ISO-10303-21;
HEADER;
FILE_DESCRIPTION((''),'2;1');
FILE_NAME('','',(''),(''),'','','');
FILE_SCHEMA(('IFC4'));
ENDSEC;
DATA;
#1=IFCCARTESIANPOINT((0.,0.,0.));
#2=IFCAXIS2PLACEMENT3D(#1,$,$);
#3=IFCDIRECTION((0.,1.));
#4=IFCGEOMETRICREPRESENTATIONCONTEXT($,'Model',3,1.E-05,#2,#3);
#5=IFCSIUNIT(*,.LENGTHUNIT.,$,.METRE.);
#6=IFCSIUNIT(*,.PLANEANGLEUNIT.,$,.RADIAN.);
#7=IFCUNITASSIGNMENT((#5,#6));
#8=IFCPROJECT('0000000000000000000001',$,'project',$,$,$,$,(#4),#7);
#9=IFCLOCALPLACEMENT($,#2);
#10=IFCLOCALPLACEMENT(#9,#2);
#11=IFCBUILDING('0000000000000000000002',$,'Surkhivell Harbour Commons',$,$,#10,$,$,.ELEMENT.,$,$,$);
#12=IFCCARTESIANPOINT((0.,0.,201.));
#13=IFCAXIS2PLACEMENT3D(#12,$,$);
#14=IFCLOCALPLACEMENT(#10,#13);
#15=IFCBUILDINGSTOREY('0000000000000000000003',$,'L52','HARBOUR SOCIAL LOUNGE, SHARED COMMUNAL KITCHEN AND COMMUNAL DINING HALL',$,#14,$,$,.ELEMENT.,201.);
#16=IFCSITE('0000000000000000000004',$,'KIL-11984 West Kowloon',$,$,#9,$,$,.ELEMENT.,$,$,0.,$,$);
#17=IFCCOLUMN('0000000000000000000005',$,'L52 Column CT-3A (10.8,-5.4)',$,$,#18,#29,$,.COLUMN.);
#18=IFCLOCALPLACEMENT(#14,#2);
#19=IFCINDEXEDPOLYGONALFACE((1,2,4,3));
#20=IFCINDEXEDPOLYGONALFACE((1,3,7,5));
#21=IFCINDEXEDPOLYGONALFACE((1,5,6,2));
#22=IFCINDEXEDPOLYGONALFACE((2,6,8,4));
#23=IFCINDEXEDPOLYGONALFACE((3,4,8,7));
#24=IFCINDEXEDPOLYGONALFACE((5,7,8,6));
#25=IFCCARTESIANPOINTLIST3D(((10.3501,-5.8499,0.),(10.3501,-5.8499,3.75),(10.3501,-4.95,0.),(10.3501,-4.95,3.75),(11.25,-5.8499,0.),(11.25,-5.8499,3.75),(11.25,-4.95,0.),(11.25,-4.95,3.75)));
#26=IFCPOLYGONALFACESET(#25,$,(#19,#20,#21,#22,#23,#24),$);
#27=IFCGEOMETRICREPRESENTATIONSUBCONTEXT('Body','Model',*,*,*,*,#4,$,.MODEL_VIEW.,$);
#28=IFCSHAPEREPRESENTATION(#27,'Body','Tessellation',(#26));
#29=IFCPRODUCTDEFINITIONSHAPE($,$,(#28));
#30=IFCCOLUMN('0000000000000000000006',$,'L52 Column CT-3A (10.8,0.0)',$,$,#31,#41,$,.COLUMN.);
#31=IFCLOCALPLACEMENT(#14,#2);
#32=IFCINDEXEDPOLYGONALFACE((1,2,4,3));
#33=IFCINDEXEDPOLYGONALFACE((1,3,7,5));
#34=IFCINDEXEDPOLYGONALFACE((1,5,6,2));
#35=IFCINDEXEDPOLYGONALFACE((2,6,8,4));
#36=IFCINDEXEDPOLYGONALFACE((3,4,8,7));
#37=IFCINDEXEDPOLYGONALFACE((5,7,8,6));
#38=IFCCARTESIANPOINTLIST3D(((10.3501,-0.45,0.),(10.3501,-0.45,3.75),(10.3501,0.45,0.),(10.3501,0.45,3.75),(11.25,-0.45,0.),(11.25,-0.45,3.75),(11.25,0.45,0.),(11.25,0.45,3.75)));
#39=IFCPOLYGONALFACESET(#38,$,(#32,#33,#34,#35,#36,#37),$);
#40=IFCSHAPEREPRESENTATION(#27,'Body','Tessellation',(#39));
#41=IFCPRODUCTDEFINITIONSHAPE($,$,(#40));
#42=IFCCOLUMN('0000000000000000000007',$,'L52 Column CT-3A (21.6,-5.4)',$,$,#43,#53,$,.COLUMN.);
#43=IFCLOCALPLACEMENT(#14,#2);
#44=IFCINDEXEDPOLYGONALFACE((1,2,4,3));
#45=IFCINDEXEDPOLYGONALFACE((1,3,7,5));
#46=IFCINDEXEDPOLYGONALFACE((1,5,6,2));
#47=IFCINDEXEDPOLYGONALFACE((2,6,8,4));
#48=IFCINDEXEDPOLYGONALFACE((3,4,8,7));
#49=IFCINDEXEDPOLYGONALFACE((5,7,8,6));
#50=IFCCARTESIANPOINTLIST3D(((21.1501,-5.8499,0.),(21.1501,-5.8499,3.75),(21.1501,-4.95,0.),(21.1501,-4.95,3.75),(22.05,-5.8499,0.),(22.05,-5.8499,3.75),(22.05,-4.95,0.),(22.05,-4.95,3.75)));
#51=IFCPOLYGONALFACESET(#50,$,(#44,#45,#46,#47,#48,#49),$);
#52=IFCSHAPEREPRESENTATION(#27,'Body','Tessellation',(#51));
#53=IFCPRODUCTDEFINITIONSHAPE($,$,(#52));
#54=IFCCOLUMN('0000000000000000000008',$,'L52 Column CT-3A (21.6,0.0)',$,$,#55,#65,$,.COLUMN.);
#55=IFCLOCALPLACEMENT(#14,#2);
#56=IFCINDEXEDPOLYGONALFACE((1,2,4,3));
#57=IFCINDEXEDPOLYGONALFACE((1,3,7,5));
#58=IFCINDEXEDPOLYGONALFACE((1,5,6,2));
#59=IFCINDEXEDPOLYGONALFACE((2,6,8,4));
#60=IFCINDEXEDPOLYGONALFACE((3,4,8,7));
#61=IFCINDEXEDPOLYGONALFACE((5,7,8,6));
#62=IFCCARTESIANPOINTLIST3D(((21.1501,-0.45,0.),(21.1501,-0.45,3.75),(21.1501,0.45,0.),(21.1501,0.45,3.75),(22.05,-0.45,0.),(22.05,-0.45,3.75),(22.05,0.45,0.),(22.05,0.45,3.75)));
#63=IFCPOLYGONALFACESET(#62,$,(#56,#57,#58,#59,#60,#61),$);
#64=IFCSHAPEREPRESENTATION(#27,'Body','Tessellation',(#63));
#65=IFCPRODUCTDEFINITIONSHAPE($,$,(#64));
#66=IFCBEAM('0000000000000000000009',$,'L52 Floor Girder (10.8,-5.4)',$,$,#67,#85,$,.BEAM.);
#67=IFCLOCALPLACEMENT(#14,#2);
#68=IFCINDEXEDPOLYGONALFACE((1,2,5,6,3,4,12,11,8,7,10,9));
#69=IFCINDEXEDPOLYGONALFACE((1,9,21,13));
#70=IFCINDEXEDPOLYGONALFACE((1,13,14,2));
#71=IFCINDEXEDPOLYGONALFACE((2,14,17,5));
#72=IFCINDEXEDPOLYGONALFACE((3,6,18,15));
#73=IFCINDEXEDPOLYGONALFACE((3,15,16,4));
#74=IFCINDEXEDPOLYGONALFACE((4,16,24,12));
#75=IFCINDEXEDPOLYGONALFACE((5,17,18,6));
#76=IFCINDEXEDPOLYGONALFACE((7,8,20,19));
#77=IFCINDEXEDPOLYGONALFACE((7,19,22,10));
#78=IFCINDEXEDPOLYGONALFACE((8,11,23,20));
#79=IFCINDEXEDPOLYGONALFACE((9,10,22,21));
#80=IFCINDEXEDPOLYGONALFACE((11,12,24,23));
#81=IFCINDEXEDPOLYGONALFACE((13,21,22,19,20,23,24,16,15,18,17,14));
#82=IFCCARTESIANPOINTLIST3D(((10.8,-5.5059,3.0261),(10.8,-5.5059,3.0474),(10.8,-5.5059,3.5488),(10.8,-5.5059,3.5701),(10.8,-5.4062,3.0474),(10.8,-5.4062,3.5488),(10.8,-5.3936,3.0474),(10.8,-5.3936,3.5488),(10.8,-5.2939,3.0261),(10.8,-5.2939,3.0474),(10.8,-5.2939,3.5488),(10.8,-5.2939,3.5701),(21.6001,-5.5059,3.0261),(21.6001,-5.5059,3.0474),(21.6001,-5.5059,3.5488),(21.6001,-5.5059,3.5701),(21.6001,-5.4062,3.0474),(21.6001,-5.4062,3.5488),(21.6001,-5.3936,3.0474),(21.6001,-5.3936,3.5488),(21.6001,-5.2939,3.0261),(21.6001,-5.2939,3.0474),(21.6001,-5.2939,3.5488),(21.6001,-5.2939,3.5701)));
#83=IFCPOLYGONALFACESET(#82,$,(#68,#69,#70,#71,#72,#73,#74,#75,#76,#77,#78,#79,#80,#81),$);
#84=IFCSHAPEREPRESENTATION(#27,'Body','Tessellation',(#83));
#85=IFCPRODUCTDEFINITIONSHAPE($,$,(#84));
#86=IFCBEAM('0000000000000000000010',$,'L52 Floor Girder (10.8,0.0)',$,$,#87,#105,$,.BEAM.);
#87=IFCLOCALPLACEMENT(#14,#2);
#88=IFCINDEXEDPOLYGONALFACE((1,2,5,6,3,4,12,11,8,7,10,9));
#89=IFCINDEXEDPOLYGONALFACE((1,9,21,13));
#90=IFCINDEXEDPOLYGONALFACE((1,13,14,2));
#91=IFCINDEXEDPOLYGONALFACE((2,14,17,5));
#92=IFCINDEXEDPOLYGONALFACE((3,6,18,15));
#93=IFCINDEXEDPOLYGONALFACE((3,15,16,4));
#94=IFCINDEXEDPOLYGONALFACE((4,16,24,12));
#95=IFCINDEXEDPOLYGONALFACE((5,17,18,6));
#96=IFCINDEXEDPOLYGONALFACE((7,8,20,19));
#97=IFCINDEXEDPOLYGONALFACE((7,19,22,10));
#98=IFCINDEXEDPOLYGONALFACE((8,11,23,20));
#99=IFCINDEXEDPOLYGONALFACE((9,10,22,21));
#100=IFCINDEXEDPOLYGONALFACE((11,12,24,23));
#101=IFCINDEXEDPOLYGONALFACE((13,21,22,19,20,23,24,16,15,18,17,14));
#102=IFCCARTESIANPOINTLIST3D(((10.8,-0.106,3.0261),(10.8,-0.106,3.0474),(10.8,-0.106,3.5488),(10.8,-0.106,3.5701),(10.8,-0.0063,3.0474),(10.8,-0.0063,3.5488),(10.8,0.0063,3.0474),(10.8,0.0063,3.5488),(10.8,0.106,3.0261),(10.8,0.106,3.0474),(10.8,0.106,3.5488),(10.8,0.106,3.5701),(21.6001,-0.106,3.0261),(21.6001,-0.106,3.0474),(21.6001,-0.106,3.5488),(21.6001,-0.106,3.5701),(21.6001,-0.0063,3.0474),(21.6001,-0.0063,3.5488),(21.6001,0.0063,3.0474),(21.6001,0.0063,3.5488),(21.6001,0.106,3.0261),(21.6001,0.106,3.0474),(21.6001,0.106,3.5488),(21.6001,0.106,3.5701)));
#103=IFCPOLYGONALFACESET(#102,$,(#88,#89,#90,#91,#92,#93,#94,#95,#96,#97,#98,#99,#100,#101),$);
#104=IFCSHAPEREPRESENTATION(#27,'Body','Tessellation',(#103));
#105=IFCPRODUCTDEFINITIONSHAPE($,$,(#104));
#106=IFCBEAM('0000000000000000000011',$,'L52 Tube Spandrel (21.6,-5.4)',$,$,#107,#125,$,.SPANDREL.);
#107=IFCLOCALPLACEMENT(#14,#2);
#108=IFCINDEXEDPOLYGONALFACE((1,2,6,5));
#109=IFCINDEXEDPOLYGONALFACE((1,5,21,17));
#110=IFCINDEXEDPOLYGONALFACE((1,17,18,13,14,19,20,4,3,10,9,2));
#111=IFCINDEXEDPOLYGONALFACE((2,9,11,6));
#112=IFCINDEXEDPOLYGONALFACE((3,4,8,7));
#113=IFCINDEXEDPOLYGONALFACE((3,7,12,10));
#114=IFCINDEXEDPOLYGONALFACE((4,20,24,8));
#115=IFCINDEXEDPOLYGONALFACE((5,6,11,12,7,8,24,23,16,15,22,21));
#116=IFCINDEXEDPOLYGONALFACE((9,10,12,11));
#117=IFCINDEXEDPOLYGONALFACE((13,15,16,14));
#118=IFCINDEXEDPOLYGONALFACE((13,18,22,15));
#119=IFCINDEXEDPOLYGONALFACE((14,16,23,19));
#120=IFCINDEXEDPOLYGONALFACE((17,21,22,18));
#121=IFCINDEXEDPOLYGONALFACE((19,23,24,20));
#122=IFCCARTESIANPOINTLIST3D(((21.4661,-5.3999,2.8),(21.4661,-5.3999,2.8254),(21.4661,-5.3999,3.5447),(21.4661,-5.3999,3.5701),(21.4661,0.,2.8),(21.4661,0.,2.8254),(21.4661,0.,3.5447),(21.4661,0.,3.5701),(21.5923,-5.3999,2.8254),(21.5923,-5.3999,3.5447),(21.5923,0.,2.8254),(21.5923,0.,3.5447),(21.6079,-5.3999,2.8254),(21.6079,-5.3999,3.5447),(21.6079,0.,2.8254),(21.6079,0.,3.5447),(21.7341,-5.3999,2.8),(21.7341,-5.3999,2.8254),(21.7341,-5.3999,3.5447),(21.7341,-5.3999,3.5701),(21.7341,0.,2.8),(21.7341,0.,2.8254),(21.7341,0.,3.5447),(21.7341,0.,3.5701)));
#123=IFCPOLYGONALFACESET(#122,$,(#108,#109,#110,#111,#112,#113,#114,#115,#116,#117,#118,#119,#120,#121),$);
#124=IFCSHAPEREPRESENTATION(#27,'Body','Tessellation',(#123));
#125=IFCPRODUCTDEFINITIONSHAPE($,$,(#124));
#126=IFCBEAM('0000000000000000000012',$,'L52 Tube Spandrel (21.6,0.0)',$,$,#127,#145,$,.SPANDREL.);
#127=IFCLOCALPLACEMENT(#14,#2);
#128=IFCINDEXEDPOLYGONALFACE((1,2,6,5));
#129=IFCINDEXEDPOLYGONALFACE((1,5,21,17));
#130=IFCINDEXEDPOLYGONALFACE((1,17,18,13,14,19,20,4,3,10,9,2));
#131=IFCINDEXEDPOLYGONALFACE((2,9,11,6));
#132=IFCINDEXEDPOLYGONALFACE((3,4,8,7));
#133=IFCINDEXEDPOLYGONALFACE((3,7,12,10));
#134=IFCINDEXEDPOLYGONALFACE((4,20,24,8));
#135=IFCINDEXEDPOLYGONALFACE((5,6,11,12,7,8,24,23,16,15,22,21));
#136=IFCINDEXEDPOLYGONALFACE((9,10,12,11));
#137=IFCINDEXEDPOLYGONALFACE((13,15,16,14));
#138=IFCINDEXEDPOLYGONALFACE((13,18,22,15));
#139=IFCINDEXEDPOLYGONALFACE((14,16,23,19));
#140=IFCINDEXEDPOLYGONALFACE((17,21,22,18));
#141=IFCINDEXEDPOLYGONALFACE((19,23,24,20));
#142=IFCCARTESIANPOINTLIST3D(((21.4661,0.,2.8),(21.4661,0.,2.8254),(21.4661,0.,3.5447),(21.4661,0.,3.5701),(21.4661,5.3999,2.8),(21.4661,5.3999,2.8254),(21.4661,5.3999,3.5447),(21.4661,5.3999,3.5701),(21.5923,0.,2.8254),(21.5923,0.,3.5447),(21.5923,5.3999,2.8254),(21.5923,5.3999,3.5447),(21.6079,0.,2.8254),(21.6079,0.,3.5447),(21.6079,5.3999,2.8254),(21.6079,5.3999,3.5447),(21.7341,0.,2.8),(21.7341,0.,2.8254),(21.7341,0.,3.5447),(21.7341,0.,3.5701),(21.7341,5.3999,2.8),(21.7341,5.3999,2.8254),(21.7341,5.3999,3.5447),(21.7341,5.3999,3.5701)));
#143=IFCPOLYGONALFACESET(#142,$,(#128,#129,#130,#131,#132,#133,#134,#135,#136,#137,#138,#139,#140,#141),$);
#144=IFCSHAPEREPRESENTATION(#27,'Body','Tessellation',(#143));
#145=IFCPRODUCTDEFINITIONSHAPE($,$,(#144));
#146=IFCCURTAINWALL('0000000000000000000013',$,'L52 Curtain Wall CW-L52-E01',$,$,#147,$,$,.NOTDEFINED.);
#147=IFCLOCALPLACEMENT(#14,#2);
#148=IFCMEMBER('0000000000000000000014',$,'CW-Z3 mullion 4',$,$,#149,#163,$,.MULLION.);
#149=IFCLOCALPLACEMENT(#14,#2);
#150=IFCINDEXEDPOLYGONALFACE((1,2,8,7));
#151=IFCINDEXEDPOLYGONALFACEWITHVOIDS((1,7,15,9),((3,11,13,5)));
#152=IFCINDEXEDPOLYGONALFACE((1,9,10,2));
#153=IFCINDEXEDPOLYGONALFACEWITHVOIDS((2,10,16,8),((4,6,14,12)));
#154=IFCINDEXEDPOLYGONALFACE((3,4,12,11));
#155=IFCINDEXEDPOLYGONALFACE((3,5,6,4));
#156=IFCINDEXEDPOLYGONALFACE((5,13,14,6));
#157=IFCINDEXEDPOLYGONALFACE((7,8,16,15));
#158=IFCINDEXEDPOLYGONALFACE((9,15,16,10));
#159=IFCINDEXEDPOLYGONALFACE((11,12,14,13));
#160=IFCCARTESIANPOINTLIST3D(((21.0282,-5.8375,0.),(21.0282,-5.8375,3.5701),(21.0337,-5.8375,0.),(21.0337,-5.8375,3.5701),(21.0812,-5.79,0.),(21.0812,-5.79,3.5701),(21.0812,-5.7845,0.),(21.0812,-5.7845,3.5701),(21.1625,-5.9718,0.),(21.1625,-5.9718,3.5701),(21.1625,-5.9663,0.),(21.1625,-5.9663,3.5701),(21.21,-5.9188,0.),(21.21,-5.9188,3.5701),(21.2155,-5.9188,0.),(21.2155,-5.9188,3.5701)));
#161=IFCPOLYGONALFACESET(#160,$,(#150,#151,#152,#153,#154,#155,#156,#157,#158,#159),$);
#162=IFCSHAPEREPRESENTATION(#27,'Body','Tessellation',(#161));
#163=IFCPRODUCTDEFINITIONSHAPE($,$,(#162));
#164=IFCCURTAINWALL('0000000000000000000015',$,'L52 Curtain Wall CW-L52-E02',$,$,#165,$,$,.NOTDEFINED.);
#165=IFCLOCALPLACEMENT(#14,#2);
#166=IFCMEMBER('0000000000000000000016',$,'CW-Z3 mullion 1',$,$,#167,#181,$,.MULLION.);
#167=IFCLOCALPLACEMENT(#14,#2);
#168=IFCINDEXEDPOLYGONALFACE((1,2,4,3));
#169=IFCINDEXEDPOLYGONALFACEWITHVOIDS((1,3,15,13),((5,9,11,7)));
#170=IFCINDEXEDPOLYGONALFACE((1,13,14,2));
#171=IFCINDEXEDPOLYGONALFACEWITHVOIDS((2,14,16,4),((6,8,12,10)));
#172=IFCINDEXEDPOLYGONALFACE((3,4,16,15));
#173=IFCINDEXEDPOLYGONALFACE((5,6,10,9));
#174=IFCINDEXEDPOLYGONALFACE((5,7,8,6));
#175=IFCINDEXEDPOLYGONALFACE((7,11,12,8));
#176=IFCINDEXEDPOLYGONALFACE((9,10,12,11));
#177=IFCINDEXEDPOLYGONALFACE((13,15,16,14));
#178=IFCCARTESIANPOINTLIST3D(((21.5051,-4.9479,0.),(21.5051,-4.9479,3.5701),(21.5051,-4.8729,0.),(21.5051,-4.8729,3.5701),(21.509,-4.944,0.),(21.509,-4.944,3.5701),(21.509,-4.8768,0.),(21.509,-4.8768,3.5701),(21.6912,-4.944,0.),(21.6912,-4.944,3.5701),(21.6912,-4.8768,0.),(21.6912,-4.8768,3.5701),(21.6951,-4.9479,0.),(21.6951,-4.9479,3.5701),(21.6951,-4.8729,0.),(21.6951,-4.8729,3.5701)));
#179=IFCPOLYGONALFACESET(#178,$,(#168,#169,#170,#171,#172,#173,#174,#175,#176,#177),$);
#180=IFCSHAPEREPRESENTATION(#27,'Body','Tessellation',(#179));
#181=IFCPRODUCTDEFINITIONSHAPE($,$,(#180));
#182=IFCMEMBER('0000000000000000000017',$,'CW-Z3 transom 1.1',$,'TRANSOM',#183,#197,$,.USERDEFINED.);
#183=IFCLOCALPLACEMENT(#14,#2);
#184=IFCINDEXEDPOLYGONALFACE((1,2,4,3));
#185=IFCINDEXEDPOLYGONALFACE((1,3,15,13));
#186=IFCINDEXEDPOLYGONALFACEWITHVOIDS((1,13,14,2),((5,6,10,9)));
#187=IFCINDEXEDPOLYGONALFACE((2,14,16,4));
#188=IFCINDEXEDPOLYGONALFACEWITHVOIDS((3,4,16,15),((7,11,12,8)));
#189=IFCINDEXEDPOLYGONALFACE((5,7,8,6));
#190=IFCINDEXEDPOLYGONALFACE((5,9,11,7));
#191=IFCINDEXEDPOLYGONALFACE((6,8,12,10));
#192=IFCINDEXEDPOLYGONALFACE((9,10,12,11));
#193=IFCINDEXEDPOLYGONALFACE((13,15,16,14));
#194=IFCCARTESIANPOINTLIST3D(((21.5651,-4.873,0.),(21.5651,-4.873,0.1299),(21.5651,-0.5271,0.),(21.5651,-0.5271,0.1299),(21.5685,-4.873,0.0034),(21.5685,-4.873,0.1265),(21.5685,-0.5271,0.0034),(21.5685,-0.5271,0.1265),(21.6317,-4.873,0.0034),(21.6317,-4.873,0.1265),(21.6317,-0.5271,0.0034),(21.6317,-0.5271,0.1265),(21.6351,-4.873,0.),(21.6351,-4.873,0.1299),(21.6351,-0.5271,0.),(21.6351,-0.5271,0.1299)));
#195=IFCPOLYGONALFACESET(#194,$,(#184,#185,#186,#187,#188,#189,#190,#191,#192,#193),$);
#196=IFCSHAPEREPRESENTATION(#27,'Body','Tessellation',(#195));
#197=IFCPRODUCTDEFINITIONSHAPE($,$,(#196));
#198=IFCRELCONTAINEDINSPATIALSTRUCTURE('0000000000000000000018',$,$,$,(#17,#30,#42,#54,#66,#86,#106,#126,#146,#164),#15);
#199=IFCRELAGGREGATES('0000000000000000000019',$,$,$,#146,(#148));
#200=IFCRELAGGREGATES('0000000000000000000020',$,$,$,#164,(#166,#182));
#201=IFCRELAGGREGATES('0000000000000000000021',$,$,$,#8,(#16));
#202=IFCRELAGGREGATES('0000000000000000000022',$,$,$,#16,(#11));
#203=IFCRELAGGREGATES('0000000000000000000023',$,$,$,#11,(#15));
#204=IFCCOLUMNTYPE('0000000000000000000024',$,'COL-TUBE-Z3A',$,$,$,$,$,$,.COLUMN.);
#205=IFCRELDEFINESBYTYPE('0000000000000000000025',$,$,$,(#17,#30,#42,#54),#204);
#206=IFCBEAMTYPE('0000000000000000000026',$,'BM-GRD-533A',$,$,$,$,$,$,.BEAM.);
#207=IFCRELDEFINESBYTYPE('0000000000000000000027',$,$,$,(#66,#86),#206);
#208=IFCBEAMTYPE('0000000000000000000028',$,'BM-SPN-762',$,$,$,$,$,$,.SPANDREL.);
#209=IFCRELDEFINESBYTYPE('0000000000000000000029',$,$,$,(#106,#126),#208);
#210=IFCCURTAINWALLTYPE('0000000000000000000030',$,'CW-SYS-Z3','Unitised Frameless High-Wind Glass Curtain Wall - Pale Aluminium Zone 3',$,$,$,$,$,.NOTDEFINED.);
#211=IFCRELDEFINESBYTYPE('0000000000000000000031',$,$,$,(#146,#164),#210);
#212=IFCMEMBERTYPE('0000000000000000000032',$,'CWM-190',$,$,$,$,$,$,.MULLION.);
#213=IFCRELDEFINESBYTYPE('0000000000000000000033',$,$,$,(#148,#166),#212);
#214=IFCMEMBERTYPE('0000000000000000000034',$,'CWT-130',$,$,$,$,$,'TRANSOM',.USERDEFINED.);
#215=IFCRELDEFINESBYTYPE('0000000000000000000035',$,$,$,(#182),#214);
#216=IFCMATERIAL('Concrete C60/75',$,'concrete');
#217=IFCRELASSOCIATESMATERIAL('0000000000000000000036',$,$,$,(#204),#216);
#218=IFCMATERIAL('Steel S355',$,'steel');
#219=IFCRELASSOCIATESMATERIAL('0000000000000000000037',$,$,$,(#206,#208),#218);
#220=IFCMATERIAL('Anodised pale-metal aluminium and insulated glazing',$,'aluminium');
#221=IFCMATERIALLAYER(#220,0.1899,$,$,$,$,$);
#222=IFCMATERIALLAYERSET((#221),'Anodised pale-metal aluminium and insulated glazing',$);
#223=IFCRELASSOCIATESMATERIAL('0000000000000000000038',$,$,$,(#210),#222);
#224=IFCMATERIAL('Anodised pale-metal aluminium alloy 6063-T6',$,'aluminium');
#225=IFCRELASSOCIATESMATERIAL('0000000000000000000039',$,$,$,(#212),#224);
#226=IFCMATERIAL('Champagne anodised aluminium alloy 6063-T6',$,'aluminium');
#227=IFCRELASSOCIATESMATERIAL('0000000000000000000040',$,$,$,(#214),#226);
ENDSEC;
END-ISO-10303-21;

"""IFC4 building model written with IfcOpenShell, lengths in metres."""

from ifc_helpers import new_model, si_unit, direction, frame, origin, origin_2d, place, context, subcontext, project, spatial, rectangle, hollow_rectangle, i_section, extrude, material, layer, layer_set, material_profile, profile_set, type_object, element, aggregate, save


model = new_model("IFC4")

# Units and contexts
model_context = context("Model", 3, precision=1e-05, world=origin(), true_north=direction((0.0, 1.0)))
body_context = subcontext(model_context, "Body", "Model", "MODEL_VIEW")
ifc_project = project(units=[si_unit("LENGTHUNIT", "METRE"), si_unit("PLANEANGLEUNIT", "RADIAN")], contexts=[model_context])

# Site, building, storey
site_placement = place(None, origin())
site = spatial("IfcSite", under=ifc_project, at=site_placement, Name="KIL-11984 West Kowloon", CompositionType="ELEMENT", RefElevation=0.0)
building_placement = place(site_placement, origin())
building = spatial("IfcBuilding", under=site, at=building_placement, Name="Surkhivell Harbour Commons", CompositionType="ELEMENT")
storey_placement = place(building_placement, frame((0.0, 0.0, 201.0)))
storey = spatial("IfcBuildingStorey", under=building, at=storey_placement, Name="L52", Description="HARBOUR SOCIAL LOUNGE, SHARED COMMUNAL KITCHEN AND COMMUNAL DINING HALL", CompositionType="ELEMENT", Elevation=201.0)

# Columns
ifc_material_1 = material(Name="Concrete C60/75", Category="concrete")
ifc_material_profile_1 = material_profile(ifc_material_1, rectangle(XDim=0.8999, YDim=0.8999, at=origin_2d()), Name="RC-COL-900x900")
ifc_profile_set_1 = profile_set([ifc_material_profile_1], Name="Concrete C60/75")
column_type = type_object("IfcColumnType", Name="COL-TUBE-Z3A", PredefinedType="COLUMN", material=ifc_profile_set_1)
for number, where, z_axis, x_axis, name in (
    (1, (10.8, -5.3999, 0.0), (0.0, 0.0, 1.0), (1.0, 0.0, 0.0), "L52 Column CT-3A (10.8,-5.4)"),
    (2, (10.8, 0.0, 0.0), (0.0, 0.0, 1.0), (1.0, 0.0, 0.0), "L52 Column CT-3A (10.8,0.0)"),
    (3, (21.6001, -5.3999, 0.0), (0.0, 0.0, 1.0), (1.0, 0.0, 0.0), "L52 Column CT-3A (21.6,-5.4)"),
    (4, (21.6001, 0.0, 0.0), (0.0, 0.0, 1.0), (1.0, 0.0, 0.0), "L52 Column CT-3A (21.6,0.0)"),
):
    element("IfcColumn", number, at=place(storey_placement, frame(where, z_axis=z_axis, x_axis=x_axis)), inside=storey, type_object=column_type, Name=name, PredefinedType="COLUMN", context=body_context, shape_type="SweptSolid", body=[
        extrude(rectangle(XDim=0.8999, YDim=0.8999, at=origin_2d()), origin(), (0.0, 0.0, 1.0), 3.75),
    ])

# Beams
ifc_material_2 = material(Name="Steel S355", Category="steel")
ifc_material_profile_2 = material_profile(ifc_material_2, i_section(OverallWidth=0.2119, OverallDepth=0.5439, WebThickness=0.0127, FlangeThickness=0.0212, at=origin_2d()), Name="UB533x210x122")
ifc_profile_set_2 = profile_set([ifc_material_profile_2], Name="Steel S355")
beam_type_1 = type_object("IfcBeamType", Name="BM-GRD-533A", PredefinedType="BEAM", material=ifc_profile_set_2)
for number, where, z_axis, x_axis, name in (
    (5, (10.8, -5.3999, 3.2981), (1.0, 0.0, 0.0), (0.0, 1.0, 0.0), "L52 Floor Girder (10.8,-5.4)"),
    (6, (10.8, 0.0, 3.2981), (1.0, 0.0, 0.0), (0.0, 1.0, 0.0), "L52 Floor Girder (10.8,0.0)"),
):
    element("IfcBeam", number, at=place(storey_placement, frame(where, z_axis=z_axis, x_axis=x_axis)), inside=storey, type_object=beam_type_1, Name=name, PredefinedType="BEAM", context=body_context, shape_type="SweptSolid", body=[
        extrude(i_section(OverallWidth=0.2119, OverallDepth=0.5439, WebThickness=0.0127, FlangeThickness=0.0212, at=origin_2d()), origin(), (0.0, 0.0, 1.0), 10.8),
    ])
ifc_material_profile_3 = material_profile(ifc_material_2, i_section(OverallWidth=0.2681, OverallDepth=0.77, WebThickness=0.0156, FlangeThickness=0.0254, at=origin_2d()), Name="UB762x267x197")
ifc_profile_set_3 = profile_set([ifc_material_profile_3], Name="Steel S355")
beam_type_2 = type_object("IfcBeamType", Name="BM-SPN-762", PredefinedType="SPANDREL", material=ifc_profile_set_3)
for number, where, z_axis, x_axis, name in (
    (7, (21.6001, -5.3999, 3.1851), (0.0, 1.0, 0.0), (-1.0, 0.0, 0.0), "L52 Tube Spandrel (21.6,-5.4)"),
    (8, (21.6001, 0.0, 3.1851), (0.0, 1.0, 0.0), (-1.0, 0.0, 0.0), "L52 Tube Spandrel (21.6,0.0)"),
):
    element("IfcBeam", number, at=place(storey_placement, frame(where, z_axis=z_axis, x_axis=x_axis)), inside=storey, type_object=beam_type_2, Name=name, PredefinedType="SPANDREL", context=body_context, shape_type="SweptSolid", body=[
        extrude(i_section(OverallWidth=0.2681, OverallDepth=0.77, WebThickness=0.0156, FlangeThickness=0.0254, at=origin_2d()), origin(), (0.0, 0.0, 1.0), 5.3999),
    ])

# Curtain wall, member
ifc_material_3 = material(Name="Anodised pale-metal aluminium and insulated glazing", Category="aluminium")
ifc_layer_1 = layer(ifc_material_3, 0.1899)
ifc_layer_set_1 = layer_set([ifc_layer_1], Name="Anodised pale-metal aluminium and insulated glazing")
curtain_wall_type = type_object("IfcCurtainWallType", Name="CW-SYS-Z3", Description="Unitised Frameless High-Wind Glass Curtain Wall - Pale Aluminium Zone 3", PredefinedType="NOTDEFINED", material=ifc_layer_set_1)
curtain_wall_1_placement = place(storey_placement, origin())
curtain_wall_1 = element("IfcCurtainWall", 9, at=curtain_wall_1_placement, inside=storey, type_object=curtain_wall_type, Name="L52 Curtain Wall CW-L52-E01", PredefinedType="NOTDEFINED")
ifc_material_4 = material(Name="Anodised pale-metal aluminium alloy 6063-T6", Category="aluminium")
ifc_material_profile_4 = material_profile(ifc_material_4, hollow_rectangle(XDim=0.075, YDim=0.1899, WallThickness=0.0039, at=origin_2d()), Name="ALU-MULL-75x190")
ifc_profile_set_4 = profile_set([ifc_material_profile_4], Name="Anodised pale-metal aluminium alloy 6063-T6")
member_type_1 = type_object("IfcMemberType", Name="CWM-190", PredefinedType="MULLION", material=ifc_profile_set_4)
member_1_placement = place(storey_placement, frame((21.1218, -5.8782, 0.0), z_axis=(0.0, 0.0, 1.0), x_axis=(0.707107, 0.707107, 0.0)))
member_1 = element("IfcMember", 10, at=member_1_placement, type_object=member_type_1, Name="CW-Z3 mullion 4", PredefinedType="MULLION", context=body_context, shape_type="SweptSolid", body=[
    extrude(hollow_rectangle(XDim=0.075, YDim=0.1899, WallThickness=0.0039, at=origin_2d()), origin(), (0.0, 0.0, 1.0), 3.5701),
])
aggregate(curtain_wall_1, [member_1])

# Curtain wall, members
curtain_wall_2_placement = place(storey_placement, origin())
curtain_wall_2 = element("IfcCurtainWall", 11, at=curtain_wall_2_placement, inside=storey, type_object=curtain_wall_type, Name="L52 Curtain Wall CW-L52-E02", PredefinedType="NOTDEFINED")
member_2_placement = place(storey_placement, frame((21.6001, -4.9104, 0.0), z_axis=(0.0, 0.0, 1.0), x_axis=(0.0, 1.0, 0.0)))
member_2 = element("IfcMember", 12, at=member_2_placement, type_object=member_type_1, Name="CW-Z3 mullion 1", PredefinedType="MULLION", context=body_context, shape_type="SweptSolid", body=[
    extrude(hollow_rectangle(XDim=0.075, YDim=0.1899, WallThickness=0.0039, at=origin_2d()), origin(), (0.0, 0.0, 1.0), 3.5701),
])
ifc_material_5 = material(Name="Champagne anodised aluminium alloy 6063-T6", Category="aluminium")
ifc_material_profile_5 = material_profile(ifc_material_5, hollow_rectangle(XDim=0.0701, YDim=0.1299, WallThickness=0.0034, at=origin_2d()), Name="ALU-TRAN-70x130")
ifc_profile_set_5 = profile_set([ifc_material_profile_5], Name="Champagne anodised aluminium alloy 6063-T6")
member_type_2 = type_object("IfcMemberType", Name="CWT-130", ElementType="TRANSOM", PredefinedType="USERDEFINED", material=ifc_profile_set_5)
member_3_placement = place(storey_placement, frame((21.6001, -4.873, 0.0649), z_axis=(0.0, 1.0, 0.0), x_axis=(-1.0, 0.0, 0.0)))
member_3 = element("IfcMember", 13, at=member_3_placement, type_object=member_type_2, Name="CW-Z3 transom 1.1", ObjectType="TRANSOM", PredefinedType="USERDEFINED", context=body_context, shape_type="SweptSolid", body=[
    extrude(hollow_rectangle(XDim=0.0701, YDim=0.1299, WallThickness=0.0034, at=origin_2d()), origin(), (0.0, 0.0, 1.0), 4.3459),
])
aggregate(curtain_wall_2, [member_2, member_3])

save(model, "model.ifc")
